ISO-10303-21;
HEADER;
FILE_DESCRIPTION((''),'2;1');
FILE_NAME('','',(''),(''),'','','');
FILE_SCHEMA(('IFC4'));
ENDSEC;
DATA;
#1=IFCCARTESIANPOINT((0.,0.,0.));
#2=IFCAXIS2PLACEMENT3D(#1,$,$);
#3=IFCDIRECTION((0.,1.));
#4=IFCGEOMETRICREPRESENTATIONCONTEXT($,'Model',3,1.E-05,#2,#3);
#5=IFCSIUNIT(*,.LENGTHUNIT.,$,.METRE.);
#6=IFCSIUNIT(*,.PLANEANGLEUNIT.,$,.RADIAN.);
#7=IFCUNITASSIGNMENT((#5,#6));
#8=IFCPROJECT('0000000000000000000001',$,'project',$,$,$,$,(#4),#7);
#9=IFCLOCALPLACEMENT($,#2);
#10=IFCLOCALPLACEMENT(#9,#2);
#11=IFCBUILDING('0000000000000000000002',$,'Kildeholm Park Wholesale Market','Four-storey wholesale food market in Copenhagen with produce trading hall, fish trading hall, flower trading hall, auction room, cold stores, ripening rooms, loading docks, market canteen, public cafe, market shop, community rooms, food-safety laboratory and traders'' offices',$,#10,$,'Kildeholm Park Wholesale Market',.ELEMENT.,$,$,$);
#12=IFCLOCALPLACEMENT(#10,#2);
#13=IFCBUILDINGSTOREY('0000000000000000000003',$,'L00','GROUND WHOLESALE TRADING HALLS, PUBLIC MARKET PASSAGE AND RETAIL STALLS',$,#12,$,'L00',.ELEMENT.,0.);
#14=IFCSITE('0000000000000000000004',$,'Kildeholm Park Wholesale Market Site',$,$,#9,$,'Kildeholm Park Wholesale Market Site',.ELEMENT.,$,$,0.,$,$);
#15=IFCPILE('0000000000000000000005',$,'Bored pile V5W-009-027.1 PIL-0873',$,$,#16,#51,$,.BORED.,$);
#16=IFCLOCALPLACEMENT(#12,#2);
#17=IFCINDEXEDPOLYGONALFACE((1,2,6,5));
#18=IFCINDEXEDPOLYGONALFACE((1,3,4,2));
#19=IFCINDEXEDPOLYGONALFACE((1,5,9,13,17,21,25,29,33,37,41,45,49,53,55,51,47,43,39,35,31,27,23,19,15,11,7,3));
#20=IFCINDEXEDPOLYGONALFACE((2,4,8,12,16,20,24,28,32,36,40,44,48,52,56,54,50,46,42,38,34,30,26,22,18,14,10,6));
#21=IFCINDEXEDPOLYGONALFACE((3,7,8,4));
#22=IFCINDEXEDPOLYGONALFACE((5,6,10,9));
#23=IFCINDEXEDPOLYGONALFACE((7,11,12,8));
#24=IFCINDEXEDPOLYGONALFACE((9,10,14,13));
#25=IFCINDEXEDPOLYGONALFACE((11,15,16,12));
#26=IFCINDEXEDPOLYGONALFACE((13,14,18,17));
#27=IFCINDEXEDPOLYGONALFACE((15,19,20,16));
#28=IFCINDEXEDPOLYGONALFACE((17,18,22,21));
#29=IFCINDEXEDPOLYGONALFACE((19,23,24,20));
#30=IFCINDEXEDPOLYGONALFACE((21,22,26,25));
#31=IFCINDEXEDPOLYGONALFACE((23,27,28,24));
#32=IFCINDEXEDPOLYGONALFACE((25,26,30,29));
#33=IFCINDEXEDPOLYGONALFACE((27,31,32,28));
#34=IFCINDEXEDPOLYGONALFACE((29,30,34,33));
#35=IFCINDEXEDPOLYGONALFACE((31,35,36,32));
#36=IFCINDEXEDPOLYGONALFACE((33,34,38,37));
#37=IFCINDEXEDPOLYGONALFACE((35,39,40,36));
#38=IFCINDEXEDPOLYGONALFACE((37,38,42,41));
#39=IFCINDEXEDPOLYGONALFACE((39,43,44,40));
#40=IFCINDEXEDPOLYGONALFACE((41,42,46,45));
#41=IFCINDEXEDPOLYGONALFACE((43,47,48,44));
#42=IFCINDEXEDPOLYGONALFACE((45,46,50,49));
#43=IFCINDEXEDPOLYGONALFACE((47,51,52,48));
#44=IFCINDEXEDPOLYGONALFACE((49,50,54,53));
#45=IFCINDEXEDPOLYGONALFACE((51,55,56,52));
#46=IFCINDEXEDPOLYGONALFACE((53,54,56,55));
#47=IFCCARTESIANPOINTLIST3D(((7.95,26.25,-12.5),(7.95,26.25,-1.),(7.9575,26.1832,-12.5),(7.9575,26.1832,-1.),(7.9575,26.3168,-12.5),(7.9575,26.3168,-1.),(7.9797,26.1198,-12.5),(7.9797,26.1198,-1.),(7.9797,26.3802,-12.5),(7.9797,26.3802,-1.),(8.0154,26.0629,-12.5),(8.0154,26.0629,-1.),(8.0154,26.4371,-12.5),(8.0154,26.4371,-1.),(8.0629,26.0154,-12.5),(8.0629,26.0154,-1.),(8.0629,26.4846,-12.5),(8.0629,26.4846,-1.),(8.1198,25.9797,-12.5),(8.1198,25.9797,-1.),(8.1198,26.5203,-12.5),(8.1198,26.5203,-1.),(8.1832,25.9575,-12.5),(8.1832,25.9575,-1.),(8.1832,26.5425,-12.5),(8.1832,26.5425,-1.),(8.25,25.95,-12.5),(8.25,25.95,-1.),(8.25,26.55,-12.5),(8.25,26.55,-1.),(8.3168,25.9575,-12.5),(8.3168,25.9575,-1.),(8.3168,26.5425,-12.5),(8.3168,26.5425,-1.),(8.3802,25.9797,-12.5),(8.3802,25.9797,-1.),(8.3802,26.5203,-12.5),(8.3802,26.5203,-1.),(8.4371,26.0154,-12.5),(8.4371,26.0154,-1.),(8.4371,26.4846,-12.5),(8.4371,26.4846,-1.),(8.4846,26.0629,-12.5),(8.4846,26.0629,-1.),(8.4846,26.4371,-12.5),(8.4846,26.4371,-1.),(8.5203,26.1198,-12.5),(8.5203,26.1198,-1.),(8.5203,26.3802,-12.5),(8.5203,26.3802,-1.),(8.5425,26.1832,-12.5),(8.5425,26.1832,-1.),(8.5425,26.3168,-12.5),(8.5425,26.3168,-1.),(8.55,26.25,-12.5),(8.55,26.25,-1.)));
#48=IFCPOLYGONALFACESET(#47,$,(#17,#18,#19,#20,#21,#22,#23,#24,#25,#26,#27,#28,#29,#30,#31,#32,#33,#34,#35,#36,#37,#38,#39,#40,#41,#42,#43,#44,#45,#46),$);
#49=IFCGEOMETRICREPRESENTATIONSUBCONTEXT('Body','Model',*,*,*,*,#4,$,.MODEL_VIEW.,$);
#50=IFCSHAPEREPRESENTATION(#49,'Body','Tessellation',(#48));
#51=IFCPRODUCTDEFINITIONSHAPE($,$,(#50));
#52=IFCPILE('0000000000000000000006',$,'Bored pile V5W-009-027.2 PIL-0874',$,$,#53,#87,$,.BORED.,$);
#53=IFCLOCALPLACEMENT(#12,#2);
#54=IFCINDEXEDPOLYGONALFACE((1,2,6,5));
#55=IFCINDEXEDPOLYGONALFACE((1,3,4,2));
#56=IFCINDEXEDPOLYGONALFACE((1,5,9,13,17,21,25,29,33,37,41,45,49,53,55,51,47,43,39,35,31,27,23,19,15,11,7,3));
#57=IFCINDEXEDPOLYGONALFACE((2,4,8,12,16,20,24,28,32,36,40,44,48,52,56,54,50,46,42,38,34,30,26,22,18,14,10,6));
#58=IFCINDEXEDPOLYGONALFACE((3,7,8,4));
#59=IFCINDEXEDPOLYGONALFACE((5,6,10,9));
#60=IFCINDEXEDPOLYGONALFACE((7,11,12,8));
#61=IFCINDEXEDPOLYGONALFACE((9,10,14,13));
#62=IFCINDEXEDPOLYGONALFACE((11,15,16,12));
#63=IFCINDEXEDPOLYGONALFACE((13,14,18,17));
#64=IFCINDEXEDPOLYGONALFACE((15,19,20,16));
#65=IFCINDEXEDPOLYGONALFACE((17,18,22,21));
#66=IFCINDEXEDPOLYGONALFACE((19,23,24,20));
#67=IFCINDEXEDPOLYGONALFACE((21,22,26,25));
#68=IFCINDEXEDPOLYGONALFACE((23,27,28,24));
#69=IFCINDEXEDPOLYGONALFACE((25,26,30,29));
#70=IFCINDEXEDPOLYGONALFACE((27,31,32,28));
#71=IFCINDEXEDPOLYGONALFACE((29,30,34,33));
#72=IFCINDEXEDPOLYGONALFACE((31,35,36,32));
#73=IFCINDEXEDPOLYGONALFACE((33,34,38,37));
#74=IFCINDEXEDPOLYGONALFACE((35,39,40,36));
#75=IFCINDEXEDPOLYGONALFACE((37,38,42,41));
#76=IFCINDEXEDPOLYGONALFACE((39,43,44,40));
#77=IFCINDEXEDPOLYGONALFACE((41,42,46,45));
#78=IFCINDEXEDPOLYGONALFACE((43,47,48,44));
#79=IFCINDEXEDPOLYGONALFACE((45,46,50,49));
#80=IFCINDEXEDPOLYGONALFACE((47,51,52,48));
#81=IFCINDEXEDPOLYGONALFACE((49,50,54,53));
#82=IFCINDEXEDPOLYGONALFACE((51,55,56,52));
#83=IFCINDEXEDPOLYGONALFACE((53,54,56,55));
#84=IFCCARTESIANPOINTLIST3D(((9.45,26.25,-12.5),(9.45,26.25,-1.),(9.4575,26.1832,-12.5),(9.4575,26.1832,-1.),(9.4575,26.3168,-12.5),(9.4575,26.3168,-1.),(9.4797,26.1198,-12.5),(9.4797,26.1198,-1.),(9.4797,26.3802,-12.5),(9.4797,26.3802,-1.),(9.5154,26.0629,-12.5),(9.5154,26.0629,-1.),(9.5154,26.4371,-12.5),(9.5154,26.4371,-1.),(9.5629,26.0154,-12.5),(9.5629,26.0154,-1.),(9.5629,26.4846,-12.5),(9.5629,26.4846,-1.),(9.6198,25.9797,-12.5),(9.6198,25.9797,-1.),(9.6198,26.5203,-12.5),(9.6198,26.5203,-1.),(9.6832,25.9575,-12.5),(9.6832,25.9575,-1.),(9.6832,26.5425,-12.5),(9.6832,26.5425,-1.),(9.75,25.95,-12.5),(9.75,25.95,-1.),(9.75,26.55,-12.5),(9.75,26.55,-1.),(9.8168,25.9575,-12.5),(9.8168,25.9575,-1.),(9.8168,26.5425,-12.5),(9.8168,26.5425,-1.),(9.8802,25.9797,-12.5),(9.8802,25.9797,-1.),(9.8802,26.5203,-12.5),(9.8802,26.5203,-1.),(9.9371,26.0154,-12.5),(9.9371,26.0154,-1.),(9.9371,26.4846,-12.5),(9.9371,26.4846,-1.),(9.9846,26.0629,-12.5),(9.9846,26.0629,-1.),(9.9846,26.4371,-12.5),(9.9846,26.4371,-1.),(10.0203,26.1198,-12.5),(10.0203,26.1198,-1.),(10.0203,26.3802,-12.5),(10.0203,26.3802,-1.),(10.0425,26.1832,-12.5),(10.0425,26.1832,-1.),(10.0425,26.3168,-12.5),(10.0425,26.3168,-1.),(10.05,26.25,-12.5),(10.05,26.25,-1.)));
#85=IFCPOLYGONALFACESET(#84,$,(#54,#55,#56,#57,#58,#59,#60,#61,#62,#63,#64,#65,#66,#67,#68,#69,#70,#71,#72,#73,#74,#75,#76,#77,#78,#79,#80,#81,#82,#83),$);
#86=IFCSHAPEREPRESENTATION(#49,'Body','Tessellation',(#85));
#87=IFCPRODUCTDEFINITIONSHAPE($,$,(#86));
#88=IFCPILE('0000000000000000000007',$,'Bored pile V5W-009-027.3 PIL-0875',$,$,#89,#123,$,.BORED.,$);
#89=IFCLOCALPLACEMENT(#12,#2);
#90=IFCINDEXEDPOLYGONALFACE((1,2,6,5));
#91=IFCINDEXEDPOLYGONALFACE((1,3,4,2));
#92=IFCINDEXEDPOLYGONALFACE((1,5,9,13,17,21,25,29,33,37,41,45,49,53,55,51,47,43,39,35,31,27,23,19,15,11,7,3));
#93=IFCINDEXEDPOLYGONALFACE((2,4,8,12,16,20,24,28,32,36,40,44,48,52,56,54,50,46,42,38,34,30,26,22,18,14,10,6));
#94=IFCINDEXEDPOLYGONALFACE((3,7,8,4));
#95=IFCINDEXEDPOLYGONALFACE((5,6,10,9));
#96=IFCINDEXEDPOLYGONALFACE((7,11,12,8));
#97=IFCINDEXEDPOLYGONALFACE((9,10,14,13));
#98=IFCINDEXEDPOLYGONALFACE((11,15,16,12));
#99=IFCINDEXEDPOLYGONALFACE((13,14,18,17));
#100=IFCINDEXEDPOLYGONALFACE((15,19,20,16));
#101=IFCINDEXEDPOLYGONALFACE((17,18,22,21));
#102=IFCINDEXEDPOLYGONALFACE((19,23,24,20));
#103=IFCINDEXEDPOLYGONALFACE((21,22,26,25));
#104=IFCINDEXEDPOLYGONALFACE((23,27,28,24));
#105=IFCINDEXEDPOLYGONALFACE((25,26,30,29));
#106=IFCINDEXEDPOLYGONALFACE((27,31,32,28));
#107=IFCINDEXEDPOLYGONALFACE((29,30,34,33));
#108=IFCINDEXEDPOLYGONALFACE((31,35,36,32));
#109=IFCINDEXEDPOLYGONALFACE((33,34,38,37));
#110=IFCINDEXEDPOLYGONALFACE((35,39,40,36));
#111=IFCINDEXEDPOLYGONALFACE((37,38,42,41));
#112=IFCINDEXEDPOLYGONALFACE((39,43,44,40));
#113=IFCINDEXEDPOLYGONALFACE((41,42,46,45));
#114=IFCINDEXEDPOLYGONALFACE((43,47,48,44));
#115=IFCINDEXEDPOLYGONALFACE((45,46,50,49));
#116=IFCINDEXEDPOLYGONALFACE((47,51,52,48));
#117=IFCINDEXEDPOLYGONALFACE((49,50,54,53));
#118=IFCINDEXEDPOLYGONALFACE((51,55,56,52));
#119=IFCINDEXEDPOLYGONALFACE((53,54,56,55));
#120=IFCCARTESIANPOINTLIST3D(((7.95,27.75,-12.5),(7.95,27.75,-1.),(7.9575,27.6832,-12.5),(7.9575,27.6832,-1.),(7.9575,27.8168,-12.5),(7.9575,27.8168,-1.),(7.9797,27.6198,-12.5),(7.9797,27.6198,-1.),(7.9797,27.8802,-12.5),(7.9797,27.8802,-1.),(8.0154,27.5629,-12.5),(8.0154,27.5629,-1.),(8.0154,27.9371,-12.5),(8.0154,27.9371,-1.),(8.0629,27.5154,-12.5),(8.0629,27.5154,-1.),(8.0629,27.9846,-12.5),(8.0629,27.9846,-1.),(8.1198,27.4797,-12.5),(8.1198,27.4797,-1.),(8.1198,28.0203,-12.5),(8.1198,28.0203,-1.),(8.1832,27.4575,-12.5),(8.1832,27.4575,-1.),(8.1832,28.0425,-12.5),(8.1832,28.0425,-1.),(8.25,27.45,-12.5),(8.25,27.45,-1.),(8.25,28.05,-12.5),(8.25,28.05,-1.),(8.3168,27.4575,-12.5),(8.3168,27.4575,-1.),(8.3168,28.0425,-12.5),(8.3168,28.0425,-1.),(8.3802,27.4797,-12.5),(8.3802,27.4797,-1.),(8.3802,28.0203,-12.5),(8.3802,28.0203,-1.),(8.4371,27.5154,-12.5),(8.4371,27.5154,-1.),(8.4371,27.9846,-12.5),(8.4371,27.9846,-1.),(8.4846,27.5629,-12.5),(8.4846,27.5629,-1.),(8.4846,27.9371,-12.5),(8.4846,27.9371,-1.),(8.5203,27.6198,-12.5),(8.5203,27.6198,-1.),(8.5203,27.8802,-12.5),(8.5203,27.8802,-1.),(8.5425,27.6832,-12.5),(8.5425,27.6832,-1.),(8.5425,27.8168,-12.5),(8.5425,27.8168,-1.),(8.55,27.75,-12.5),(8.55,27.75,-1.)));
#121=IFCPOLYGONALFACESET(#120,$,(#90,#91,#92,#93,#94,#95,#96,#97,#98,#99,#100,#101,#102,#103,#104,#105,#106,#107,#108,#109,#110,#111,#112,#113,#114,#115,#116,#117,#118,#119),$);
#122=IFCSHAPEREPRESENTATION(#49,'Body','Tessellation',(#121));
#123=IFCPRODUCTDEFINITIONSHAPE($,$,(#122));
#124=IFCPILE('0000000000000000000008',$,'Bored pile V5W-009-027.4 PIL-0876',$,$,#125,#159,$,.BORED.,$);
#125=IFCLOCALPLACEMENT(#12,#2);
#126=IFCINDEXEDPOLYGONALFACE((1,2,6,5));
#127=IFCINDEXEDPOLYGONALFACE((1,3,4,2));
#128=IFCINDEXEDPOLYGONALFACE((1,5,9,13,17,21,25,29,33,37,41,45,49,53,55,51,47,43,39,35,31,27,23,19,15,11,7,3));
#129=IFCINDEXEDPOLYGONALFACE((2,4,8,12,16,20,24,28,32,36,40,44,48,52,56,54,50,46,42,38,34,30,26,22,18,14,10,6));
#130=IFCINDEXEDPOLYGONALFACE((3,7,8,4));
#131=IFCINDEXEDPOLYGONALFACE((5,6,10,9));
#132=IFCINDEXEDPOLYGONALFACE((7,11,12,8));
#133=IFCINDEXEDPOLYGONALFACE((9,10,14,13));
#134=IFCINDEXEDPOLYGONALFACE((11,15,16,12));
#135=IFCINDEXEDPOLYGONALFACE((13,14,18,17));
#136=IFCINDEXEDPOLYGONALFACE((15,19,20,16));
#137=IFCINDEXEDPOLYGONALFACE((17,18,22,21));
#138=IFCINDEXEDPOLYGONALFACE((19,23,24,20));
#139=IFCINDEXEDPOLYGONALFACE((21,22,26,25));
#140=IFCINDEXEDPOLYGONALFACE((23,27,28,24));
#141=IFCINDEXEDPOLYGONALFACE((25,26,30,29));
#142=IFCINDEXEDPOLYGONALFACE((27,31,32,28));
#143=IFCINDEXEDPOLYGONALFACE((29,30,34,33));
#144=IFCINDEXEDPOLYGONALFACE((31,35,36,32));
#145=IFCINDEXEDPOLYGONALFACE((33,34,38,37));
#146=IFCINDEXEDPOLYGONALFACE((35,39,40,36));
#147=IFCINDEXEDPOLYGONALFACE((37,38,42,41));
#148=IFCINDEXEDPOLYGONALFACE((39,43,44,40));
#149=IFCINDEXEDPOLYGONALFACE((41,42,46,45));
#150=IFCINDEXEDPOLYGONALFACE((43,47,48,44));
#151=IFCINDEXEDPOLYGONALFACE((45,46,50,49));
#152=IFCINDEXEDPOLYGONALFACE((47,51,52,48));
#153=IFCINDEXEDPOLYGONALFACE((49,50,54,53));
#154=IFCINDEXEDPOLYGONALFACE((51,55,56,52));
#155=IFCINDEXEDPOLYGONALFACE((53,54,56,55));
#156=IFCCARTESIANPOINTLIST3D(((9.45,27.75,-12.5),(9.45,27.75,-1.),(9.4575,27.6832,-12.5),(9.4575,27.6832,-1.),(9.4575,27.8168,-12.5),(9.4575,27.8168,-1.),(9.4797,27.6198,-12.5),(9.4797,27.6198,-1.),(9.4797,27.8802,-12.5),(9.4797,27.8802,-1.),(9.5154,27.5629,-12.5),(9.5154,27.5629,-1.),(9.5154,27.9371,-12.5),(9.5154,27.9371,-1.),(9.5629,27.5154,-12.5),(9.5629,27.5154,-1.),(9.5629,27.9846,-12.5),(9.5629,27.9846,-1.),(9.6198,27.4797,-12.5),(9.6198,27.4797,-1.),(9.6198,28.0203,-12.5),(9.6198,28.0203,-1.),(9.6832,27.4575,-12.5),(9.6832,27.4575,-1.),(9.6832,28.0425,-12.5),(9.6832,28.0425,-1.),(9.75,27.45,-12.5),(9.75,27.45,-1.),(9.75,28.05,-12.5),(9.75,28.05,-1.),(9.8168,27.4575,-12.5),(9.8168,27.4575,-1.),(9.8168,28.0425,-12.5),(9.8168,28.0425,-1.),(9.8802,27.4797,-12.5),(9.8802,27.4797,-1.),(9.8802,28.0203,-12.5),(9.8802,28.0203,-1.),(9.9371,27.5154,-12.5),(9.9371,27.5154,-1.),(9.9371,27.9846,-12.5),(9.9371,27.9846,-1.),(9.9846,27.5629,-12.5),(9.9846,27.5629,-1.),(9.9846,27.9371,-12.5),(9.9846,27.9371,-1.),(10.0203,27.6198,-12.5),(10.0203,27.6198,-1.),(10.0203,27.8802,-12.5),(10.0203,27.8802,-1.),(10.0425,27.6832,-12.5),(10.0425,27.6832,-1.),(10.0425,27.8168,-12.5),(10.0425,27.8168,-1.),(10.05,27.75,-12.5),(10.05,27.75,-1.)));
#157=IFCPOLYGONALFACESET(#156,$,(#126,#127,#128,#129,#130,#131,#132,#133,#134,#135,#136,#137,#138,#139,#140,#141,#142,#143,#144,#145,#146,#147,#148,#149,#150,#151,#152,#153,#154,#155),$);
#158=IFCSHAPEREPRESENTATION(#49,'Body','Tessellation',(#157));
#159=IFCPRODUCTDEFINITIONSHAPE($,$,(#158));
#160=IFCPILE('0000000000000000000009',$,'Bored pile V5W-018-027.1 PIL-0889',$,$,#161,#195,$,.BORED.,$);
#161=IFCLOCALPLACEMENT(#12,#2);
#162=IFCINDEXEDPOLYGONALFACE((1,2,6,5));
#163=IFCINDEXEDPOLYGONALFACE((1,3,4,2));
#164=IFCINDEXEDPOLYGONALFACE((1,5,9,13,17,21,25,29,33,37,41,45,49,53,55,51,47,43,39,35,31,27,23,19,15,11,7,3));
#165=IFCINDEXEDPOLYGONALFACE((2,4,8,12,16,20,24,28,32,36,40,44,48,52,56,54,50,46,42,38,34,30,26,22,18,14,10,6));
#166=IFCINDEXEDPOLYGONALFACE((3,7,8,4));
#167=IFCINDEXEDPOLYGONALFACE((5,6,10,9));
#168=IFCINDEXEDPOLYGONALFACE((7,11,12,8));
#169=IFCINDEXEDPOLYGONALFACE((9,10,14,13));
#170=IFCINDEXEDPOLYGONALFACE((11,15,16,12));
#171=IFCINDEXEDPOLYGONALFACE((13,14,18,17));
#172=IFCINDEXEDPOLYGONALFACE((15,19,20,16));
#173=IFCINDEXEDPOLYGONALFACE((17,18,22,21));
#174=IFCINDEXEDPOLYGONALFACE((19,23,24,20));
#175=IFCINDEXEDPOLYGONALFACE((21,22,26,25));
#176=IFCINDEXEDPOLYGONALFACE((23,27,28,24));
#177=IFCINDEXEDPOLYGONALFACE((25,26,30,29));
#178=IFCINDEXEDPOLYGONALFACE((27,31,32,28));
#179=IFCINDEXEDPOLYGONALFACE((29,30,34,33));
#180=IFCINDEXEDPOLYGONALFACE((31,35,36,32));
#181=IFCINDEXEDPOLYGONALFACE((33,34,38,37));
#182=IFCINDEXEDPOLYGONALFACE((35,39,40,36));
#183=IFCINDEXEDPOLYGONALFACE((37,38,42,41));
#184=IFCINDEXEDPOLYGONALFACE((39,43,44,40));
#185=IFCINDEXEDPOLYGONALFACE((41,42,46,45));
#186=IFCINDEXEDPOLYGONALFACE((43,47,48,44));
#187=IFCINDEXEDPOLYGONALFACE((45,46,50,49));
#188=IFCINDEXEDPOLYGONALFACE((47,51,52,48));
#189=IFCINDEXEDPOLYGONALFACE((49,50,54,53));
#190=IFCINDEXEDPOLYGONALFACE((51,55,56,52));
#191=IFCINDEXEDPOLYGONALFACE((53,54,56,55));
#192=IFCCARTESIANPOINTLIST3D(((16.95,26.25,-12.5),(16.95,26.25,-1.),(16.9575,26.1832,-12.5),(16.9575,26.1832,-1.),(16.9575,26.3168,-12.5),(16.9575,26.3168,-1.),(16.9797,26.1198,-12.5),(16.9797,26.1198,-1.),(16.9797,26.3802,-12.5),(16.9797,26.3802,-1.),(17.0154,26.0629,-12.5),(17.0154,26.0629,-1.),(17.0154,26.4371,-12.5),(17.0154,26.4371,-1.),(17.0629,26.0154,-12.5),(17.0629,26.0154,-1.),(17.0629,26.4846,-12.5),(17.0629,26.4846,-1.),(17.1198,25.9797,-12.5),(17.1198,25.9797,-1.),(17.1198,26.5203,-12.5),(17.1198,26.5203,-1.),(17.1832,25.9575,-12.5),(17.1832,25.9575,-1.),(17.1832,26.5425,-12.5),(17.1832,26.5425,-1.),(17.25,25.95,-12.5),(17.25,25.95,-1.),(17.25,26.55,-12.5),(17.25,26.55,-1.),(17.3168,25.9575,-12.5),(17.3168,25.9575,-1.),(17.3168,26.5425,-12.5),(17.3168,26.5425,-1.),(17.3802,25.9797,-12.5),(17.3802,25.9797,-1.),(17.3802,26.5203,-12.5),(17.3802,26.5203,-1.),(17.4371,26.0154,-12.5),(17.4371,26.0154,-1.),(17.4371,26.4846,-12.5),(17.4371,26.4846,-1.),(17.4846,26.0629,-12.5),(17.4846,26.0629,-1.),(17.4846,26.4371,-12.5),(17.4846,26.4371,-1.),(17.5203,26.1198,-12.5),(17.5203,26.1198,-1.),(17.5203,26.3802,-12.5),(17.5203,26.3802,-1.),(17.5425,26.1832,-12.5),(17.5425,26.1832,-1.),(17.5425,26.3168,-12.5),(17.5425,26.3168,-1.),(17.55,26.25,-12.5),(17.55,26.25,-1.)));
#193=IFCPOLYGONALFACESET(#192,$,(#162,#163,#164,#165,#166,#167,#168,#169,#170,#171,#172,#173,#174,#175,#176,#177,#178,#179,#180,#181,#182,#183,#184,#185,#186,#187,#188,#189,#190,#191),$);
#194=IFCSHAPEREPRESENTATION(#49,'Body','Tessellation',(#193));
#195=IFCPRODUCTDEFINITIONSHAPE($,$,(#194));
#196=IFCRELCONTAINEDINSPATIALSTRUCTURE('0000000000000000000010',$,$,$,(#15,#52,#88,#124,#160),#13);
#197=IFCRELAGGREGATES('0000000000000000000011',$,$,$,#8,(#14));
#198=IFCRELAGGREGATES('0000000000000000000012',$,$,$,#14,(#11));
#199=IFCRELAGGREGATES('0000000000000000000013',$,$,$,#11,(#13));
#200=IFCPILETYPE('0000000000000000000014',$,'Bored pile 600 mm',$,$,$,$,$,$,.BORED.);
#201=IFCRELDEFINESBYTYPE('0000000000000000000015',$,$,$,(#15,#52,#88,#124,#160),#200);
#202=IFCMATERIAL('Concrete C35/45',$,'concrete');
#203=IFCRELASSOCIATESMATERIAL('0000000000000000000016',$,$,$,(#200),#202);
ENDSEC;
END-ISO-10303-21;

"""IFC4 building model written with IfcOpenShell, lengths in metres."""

from ifc_helpers import new_model, si_unit, direction, frame, origin, origin_2d, place, context, subcontext, project, spatial, circle, extrude, material, material_profile, profile_set, type_object, element, save


model = new_model("IFC4")

# Units and contexts
model_context = context("Model", 3, precision=1e-05, world=origin(), true_north=direction((0.0, 1.0)))
body_context = subcontext(model_context, "Body", "Model", "MODEL_VIEW")
ifc_project = project(units=[si_unit("LENGTHUNIT", "METRE"), si_unit("PLANEANGLEUNIT", "RADIAN")], contexts=[model_context])

# Site, building, storey
site_placement = place(None, origin())
site = spatial("IfcSite", under=ifc_project, at=site_placement, Name="Kildeholm Park Wholesale Market Site", LongName="Kildeholm Park Wholesale Market Site", CompositionType="ELEMENT", RefElevation=0.0)
building_placement = place(site_placement, origin())
building = spatial("IfcBuilding", under=site, at=building_placement, Name="Kildeholm Park Wholesale Market", Description="Four-storey wholesale food market in Copenhagen with produce trading hall, fish trading hall, flower trading hall, auction room, cold stores, ripening rooms, loading docks, market canteen, public cafe, market shop, community rooms, food-safety laboratory and traders' offices", LongName="Kildeholm Park Wholesale Market", CompositionType="ELEMENT")
storey_placement = place(building_placement, origin())
storey = spatial("IfcBuildingStorey", under=building, at=storey_placement, Name="L00", Description="GROUND WHOLESALE TRADING HALLS, PUBLIC MARKET PASSAGE AND RETAIL STALLS", LongName="L00", CompositionType="ELEMENT", Elevation=0.0)

# Piles
ifc_material_1 = material(Name="Concrete C35/45", Category="concrete")
ifc_material_profile_1 = material_profile(ifc_material_1, circle(Radius=0.3, at=origin_2d()), Name="PILE D600")
ifc_profile_set_1 = profile_set([ifc_material_profile_1], Name="Concrete C35/45")
pile_type = type_object("IfcPileType", Name="Bored pile 600 mm", PredefinedType="BORED", material=ifc_profile_set_1)
for number, where, z_axis, x_axis, name in (
    (1, (8.25, 26.25, -1.0), (0.0, 0.0, -1.0), (1.0, 0.0, 0.0), "Bored pile V5W-009-027.1 PIL-0873"),
    (2, (9.75, 26.25, -1.0), (0.0, 0.0, -1.0), (1.0, 0.0, 0.0), "Bored pile V5W-009-027.2 PIL-0874"),
    (3, (8.25, 27.75, -1.0), (0.0, 0.0, -1.0), (1.0, 0.0, 0.0), "Bored pile V5W-009-027.3 PIL-0875"),
    (4, (9.75, 27.75, -1.0), (0.0, 0.0, -1.0), (1.0, 0.0, 0.0), "Bored pile V5W-009-027.4 PIL-0876"),
    (5, (17.25, 26.25, -1.0), (0.0, 0.0, -1.0), (1.0, 0.0, 0.0), "Bored pile V5W-018-027.1 PIL-0889"),
):
    element("IfcPile", number, at=place(storey_placement, frame(where, z_axis=z_axis, x_axis=x_axis)), inside=storey, type_object=pile_type, Name=name, PredefinedType="BORED", context=body_context, shape_type="SweptSolid", body=[
        extrude(circle(Radius=0.3, at=origin_2d()), origin(), (0.0, 0.0, 1.0), 11.5),
    ])

save(model, "model.ifc")
